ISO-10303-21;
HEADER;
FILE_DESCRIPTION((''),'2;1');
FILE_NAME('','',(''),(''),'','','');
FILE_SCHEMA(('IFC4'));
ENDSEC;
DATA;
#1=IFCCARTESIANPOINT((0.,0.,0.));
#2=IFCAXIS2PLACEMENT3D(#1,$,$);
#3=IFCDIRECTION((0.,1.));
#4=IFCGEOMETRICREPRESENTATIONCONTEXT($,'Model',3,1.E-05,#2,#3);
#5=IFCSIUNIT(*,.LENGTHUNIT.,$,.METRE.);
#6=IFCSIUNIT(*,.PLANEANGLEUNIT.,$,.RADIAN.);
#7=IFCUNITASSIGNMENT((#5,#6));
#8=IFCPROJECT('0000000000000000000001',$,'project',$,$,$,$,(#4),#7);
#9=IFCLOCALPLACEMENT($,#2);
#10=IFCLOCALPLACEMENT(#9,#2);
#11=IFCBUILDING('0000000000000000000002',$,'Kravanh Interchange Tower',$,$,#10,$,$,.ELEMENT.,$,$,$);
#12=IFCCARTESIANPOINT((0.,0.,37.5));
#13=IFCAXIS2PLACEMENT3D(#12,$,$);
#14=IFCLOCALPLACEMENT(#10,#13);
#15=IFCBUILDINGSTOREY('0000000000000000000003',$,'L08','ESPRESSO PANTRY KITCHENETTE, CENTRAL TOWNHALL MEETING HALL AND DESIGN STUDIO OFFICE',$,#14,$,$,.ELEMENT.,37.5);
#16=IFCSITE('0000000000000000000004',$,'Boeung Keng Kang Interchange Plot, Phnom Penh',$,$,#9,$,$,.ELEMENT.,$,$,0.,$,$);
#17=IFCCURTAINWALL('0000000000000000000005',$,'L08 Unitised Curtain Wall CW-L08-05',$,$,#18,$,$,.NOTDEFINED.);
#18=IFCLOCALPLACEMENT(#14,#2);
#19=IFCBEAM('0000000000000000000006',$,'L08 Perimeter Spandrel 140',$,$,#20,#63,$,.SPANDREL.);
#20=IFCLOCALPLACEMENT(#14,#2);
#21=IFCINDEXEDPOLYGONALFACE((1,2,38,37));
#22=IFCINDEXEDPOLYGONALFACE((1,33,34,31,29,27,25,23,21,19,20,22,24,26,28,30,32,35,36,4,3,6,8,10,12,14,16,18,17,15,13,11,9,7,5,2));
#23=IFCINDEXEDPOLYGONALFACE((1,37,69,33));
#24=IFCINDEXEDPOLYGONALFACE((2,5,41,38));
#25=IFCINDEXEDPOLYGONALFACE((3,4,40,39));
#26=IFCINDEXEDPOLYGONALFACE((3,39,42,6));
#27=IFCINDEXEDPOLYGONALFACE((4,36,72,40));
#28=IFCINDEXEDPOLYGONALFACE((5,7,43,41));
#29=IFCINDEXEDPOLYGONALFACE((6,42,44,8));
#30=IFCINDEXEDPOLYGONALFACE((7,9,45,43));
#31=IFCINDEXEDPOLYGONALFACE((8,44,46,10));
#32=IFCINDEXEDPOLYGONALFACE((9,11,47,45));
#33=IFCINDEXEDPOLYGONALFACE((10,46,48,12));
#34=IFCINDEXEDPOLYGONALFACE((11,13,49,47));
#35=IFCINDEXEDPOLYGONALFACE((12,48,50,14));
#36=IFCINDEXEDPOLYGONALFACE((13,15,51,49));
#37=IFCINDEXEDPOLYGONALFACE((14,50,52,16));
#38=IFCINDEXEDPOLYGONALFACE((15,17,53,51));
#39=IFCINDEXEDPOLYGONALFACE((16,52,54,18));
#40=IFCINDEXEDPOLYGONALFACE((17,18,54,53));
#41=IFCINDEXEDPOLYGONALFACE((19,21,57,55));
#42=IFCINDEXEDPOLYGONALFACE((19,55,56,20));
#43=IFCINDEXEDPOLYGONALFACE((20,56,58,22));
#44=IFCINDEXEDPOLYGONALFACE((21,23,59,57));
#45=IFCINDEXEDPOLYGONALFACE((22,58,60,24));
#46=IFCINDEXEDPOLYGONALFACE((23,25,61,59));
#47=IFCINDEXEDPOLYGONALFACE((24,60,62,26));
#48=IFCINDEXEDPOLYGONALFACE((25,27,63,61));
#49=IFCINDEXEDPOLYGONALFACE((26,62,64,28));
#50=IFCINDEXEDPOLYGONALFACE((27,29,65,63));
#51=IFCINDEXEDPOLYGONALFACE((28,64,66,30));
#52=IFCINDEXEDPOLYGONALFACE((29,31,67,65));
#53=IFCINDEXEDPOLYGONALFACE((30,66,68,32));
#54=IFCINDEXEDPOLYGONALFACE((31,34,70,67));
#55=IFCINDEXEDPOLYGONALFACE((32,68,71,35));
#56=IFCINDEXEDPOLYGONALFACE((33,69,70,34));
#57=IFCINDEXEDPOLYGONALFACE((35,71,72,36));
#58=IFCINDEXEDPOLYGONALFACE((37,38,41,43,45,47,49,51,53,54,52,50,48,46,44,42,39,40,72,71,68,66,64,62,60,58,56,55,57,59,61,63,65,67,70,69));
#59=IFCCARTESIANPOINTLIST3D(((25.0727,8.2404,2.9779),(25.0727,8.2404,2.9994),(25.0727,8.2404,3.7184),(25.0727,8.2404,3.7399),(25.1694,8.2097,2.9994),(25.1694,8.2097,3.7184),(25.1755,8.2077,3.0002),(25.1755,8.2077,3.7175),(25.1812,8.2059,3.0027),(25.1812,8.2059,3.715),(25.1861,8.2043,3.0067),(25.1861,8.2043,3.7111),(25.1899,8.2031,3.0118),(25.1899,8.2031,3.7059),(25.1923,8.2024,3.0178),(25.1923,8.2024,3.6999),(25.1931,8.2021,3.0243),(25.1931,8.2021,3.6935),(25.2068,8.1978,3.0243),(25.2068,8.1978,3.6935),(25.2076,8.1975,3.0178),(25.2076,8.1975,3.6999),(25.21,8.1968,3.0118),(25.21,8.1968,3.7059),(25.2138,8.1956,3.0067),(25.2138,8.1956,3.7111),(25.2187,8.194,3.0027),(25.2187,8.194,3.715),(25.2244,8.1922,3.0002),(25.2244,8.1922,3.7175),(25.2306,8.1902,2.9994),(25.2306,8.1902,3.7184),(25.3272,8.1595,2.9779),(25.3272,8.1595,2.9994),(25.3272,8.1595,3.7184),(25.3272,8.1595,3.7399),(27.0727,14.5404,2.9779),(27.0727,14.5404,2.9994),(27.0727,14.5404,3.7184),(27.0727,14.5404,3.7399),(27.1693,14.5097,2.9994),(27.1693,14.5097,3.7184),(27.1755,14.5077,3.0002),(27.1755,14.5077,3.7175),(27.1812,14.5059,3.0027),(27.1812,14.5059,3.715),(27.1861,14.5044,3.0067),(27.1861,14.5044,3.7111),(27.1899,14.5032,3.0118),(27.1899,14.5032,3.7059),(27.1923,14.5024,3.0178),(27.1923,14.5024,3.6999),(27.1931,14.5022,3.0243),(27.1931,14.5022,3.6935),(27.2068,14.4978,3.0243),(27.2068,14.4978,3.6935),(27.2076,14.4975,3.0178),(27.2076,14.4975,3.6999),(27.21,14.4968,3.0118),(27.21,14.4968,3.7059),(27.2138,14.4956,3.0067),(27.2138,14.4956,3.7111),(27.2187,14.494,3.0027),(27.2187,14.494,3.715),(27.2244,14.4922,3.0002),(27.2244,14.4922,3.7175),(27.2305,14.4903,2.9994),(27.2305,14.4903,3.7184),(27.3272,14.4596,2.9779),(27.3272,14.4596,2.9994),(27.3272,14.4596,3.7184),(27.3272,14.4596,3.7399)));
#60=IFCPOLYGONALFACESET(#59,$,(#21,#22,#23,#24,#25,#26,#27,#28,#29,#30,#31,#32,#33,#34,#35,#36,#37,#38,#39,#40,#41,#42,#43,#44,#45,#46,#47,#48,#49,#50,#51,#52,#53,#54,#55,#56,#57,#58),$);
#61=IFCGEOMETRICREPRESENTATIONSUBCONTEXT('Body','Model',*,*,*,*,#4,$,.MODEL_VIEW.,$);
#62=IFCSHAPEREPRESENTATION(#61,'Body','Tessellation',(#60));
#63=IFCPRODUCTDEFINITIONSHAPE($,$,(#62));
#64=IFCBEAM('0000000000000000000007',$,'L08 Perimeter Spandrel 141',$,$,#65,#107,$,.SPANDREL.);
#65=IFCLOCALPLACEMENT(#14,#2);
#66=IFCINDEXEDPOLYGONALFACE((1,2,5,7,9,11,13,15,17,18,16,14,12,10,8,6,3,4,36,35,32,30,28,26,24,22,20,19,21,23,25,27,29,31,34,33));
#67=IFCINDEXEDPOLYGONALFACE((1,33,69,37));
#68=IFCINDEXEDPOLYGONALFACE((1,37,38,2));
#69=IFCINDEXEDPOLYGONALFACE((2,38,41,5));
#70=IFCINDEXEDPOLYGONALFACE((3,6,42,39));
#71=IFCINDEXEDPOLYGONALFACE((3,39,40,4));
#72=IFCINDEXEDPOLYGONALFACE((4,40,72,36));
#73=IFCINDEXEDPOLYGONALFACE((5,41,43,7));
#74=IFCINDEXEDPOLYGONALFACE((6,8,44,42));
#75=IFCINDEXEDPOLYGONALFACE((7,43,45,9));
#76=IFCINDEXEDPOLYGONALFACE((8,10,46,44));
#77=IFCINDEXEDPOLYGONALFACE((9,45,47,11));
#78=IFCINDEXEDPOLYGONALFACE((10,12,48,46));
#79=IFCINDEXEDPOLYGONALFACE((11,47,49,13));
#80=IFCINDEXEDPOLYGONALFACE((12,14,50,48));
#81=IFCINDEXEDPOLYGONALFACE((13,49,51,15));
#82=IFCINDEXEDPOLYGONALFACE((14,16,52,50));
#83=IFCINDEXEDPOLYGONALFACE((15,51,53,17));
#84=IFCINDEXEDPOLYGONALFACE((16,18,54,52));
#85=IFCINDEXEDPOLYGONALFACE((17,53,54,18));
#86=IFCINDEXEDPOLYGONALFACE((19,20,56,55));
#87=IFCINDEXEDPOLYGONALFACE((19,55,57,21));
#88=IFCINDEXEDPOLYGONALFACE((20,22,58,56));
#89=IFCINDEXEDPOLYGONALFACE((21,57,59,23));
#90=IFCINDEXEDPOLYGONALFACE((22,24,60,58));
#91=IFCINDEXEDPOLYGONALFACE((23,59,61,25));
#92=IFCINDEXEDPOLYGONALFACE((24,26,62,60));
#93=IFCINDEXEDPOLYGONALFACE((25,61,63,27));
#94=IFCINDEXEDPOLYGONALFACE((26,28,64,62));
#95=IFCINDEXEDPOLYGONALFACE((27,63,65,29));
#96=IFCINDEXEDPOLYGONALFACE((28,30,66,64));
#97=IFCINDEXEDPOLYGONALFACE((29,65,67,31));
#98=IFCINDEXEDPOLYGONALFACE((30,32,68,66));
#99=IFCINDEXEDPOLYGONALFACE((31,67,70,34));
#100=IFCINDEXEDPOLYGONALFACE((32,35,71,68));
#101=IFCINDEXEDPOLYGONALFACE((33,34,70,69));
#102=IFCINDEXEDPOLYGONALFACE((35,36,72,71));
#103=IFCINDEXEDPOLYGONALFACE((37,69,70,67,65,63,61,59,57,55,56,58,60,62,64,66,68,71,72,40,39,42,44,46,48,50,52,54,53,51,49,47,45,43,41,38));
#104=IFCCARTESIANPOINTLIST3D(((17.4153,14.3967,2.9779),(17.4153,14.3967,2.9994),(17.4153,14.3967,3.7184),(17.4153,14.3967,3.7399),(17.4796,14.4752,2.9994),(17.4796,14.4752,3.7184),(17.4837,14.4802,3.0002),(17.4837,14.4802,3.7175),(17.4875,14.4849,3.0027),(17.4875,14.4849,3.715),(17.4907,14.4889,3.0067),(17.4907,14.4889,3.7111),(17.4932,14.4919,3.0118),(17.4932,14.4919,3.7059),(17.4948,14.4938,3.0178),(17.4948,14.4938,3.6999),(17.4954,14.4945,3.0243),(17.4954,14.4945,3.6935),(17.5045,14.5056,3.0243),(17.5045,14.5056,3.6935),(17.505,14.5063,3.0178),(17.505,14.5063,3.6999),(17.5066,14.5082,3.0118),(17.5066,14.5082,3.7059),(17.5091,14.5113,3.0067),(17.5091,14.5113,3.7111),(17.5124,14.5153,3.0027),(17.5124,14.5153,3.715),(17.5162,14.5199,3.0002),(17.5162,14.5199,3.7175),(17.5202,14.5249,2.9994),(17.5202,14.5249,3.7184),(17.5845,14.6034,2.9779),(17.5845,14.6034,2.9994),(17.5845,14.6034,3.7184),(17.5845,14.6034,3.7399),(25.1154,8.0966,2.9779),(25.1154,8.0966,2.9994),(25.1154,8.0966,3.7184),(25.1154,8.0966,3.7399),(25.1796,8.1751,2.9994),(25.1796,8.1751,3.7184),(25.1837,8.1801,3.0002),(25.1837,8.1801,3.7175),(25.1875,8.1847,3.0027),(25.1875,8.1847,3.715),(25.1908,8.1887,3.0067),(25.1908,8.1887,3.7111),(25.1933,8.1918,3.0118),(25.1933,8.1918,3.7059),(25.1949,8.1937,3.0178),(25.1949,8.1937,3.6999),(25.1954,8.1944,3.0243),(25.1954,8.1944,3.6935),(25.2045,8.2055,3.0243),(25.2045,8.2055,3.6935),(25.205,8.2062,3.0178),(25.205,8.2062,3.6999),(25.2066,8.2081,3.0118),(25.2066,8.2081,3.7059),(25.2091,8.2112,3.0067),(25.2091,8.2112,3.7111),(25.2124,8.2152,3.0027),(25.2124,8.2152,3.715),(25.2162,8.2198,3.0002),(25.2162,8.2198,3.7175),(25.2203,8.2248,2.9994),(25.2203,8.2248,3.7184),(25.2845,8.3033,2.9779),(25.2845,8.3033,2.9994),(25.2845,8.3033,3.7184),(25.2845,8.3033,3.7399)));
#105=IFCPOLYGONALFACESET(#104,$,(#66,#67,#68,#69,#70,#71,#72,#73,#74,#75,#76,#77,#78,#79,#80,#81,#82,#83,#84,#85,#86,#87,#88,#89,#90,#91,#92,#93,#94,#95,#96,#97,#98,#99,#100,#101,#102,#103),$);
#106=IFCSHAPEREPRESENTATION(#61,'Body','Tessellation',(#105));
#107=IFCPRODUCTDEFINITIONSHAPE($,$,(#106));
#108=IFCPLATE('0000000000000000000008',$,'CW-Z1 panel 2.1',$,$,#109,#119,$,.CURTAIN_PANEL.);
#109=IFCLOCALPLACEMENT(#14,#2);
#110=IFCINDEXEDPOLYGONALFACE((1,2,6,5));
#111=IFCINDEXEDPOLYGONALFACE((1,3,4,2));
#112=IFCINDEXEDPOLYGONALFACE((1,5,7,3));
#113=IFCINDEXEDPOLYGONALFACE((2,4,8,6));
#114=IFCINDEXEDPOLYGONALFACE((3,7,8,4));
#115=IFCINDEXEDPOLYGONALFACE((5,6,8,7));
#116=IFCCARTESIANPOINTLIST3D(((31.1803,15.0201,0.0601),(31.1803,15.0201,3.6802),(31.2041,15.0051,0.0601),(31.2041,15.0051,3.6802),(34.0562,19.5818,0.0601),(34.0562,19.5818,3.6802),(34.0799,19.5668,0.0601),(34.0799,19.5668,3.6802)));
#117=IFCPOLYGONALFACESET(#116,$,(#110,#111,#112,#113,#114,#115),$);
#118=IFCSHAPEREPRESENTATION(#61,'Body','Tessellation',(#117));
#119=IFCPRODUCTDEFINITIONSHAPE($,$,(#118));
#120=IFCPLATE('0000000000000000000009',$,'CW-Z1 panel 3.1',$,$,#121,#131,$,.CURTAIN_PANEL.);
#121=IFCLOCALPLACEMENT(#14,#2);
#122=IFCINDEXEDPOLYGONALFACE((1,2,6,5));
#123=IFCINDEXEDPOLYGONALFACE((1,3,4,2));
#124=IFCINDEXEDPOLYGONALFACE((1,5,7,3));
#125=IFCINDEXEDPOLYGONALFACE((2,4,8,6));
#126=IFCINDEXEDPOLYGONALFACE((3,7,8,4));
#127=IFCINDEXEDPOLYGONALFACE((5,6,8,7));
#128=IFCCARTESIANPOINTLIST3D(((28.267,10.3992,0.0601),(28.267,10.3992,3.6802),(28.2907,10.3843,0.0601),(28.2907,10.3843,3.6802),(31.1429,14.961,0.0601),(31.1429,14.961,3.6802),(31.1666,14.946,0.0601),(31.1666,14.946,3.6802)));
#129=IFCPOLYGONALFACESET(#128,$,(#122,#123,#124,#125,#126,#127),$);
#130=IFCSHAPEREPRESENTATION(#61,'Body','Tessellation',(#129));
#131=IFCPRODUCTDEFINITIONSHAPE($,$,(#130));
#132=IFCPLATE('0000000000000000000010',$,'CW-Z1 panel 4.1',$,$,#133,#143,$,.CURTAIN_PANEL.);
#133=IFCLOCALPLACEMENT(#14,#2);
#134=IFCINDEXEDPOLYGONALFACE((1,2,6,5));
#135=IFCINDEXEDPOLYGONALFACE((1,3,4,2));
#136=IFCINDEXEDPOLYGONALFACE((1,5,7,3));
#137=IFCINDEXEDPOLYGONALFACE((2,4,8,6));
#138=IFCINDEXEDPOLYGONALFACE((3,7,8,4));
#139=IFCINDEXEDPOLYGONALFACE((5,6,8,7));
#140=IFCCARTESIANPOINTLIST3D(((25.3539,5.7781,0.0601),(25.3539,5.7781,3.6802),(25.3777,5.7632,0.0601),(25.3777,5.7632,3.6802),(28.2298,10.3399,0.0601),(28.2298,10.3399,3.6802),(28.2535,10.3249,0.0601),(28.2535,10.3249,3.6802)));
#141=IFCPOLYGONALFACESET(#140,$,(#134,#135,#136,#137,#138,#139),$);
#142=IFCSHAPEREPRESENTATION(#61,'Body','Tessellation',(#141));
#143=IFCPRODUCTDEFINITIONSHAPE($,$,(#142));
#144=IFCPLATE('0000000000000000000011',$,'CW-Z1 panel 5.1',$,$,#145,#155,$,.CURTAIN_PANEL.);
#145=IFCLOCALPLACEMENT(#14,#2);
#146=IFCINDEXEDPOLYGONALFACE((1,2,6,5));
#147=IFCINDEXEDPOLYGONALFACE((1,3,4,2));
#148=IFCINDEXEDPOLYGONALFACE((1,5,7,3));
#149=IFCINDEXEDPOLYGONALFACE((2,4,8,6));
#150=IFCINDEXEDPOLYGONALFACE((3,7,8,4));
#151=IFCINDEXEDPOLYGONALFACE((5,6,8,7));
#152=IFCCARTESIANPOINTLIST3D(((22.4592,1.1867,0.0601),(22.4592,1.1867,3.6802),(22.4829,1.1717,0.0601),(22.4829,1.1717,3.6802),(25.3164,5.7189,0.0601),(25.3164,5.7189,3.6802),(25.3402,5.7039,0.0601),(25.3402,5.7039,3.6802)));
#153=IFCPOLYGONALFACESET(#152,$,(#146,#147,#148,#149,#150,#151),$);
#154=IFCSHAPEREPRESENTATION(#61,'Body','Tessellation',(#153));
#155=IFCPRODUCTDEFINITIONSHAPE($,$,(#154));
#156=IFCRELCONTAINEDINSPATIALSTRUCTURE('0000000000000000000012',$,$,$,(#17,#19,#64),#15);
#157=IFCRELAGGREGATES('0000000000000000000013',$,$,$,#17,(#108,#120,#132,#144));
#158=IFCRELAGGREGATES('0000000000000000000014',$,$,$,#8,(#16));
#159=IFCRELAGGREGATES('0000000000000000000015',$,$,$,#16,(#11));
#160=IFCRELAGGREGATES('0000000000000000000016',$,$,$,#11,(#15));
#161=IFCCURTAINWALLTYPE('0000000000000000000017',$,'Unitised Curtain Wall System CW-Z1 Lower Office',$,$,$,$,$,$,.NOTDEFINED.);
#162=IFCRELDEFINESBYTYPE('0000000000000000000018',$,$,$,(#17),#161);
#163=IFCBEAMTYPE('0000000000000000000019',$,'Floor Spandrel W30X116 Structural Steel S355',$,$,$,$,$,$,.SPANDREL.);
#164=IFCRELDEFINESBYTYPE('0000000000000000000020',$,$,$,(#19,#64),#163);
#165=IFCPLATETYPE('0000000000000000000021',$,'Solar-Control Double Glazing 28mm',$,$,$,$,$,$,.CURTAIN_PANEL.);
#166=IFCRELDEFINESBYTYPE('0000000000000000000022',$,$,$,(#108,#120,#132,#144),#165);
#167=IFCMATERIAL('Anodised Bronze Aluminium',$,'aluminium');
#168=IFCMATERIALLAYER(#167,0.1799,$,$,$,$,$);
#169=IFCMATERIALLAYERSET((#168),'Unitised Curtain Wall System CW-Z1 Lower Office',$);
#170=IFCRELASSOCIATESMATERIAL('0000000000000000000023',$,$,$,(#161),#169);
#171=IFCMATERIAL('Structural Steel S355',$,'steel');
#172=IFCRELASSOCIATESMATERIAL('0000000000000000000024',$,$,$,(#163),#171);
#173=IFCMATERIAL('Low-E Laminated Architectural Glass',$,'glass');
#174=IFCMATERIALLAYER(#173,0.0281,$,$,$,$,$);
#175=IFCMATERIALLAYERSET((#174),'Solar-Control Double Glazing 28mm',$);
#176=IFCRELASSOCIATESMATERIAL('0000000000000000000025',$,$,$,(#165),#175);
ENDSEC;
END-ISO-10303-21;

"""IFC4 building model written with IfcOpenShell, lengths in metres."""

from ifc_helpers import new_model, si_unit, direction, frame, origin, origin_2d, place, context, subcontext, project, spatial, rectangle, i_section, extrude, material, layer, layer_set, material_profile, profile_set, type_object, element, aggregate, save


model = new_model("IFC4")

# Units and contexts
model_context = context("Model", 3, precision=1e-05, world=origin(), true_north=direction((0.0, 1.0)))
body_context = subcontext(model_context, "Body", "Model", "MODEL_VIEW")
ifc_project = project(units=[si_unit("LENGTHUNIT", "METRE"), si_unit("PLANEANGLEUNIT", "RADIAN")], contexts=[model_context])

# Site, building, storey
site_placement = place(None, origin())
site = spatial("IfcSite", under=ifc_project, at=site_placement, Name="Boeung Keng Kang Interchange Plot, Phnom Penh", CompositionType="ELEMENT", RefElevation=0.0)
building_placement = place(site_placement, origin())
building = spatial("IfcBuilding", under=site, at=building_placement, Name="Kravanh Interchange Tower", CompositionType="ELEMENT")
storey_placement = place(building_placement, frame((0.0, 0.0, 37.5)))
storey = spatial("IfcBuildingStorey", under=building, at=storey_placement, Name="L08", Description="ESPRESSO PANTRY KITCHENETTE, CENTRAL TOWNHALL MEETING HALL AND DESIGN STUDIO OFFICE", CompositionType="ELEMENT", Elevation=37.5)

# Curtain wall
ifc_material_1 = material(Name="Anodised Bronze Aluminium", Category="aluminium")
ifc_layer_1 = layer(ifc_material_1, 0.1799)
ifc_layer_set_1 = layer_set([ifc_layer_1], Name="Unitised Curtain Wall System CW-Z1 Lower Office")
curtain_wall_type = type_object("IfcCurtainWallType", Name="Unitised Curtain Wall System CW-Z1 Lower Office", PredefinedType="NOTDEFINED", material=ifc_layer_set_1)
curtain_wall_1_placement = place(storey_placement, origin())
curtain_wall_1 = element("IfcCurtainWall", 1, at=curtain_wall_1_placement, inside=storey, type_object=curtain_wall_type, Name="L08 Unitised Curtain Wall CW-L08-05", PredefinedType="NOTDEFINED")

# Beams
ifc_material_2 = material(Name="Structural Steel S355", Category="steel")
ifc_material_profile_1 = material_profile(ifc_material_2, i_section(OverallWidth=0.2671, OverallDepth=0.762, WebThickness=0.0144, FlangeThickness=0.0215, FilletRadius=0.0249, at=origin_2d()), Name="W30X116")
ifc_profile_set_1 = profile_set([ifc_material_profile_1], Name="Structural Steel S355")
beam_type_1 = type_object("IfcBeamType", Name="Floor Spandrel W30X116 Structural Steel S355", PredefinedType="SPANDREL", material=ifc_profile_set_1)
beam_1_placement = place(storey_placement, frame((25.2, 8.2, 3.3589), z_axis=(0.302577, 0.953125, 0.0), x_axis=(-0.953125, 0.302577, 0.0)))
element("IfcBeam", 2, at=beam_1_placement, inside=storey, type_object=beam_type_1, Name="L08 Perimeter Spandrel 140", PredefinedType="SPANDREL", context=body_context, shape_type="SweptSolid", body=[
    extrude(i_section(OverallWidth=0.2671, OverallDepth=0.762, WebThickness=0.0144, FlangeThickness=0.0215, FilletRadius=0.0249, at=origin_2d()), origin(), (0.0, 0.0, 1.0), 6.6099),
])
beam_2_placement = place(storey_placement, frame((25.2, 8.2, 3.3589), z_axis=(-0.773953, 0.633243, 0.0), x_axis=(-0.633243, -0.773953, 0.0)))
element("IfcBeam", 3, at=beam_2_placement, inside=storey, type_object=beam_type_1, Name="L08 Perimeter Spandrel 141", PredefinedType="SPANDREL", context=body_context, shape_type="SweptSolid", body=[
    extrude(i_section(OverallWidth=0.2671, OverallDepth=0.762, WebThickness=0.0144, FlangeThickness=0.0215, FilletRadius=0.0249, at=origin_2d()), origin(), (0.0, 0.0, 1.0), 9.949),
])

# Plates
ifc_material_3 = material(Name="Low-E Laminated Architectural Glass", Category="glass")
ifc_layer_2 = layer(ifc_material_3, 0.0281)
ifc_layer_set_2 = layer_set([ifc_layer_2], Name="Solar-Control Double Glazing 28mm")
plate_type = type_object("IfcPlateType", Name="Solar-Control Double Glazing 28mm", PredefinedType="CURTAIN_PANEL", material=ifc_layer_set_2)
plate_1_placement = place(storey_placement, frame((32.6301, 17.2935, 0.0601), z_axis=(0.0, 0.0, 1.0), x_axis=(-0.533301, -0.845926, 0.0)))
plate_1 = element("IfcPlate", 4, at=plate_1_placement, type_object=plate_type, Name="CW-Z1 panel 2.1", PredefinedType="CURTAIN_PANEL", context=body_context, shape_type="SweptSolid", body=[
    extrude(rectangle(XDim=5.3926, YDim=0.0281, at=origin_2d()), origin(), (0.0, 0.0, 1.0), 3.6201),
])
plate_2_placement = place(storey_placement, frame((29.7168, 12.6726, 0.0601), z_axis=(0.0, 0.0, 1.0), x_axis=(-0.533301, -0.845926, 0.0)))
plate_2 = element("IfcPlate", 5, at=plate_2_placement, type_object=plate_type, Name="CW-Z1 panel 3.1", PredefinedType="CURTAIN_PANEL", context=body_context, shape_type="SweptSolid", body=[
    extrude(rectangle(XDim=5.3926, YDim=0.0281, at=origin_2d()), origin(), (0.0, 0.0, 1.0), 3.6201),
])
plate_3_placement = place(storey_placement, frame((26.8037, 8.0515, 0.0601), z_axis=(0.0, 0.0, 1.0), x_axis=(-0.533301, -0.845926, 0.0)))
plate_3 = element("IfcPlate", 6, at=plate_3_placement, type_object=plate_type, Name="CW-Z1 panel 4.1", PredefinedType="CURTAIN_PANEL", context=body_context, shape_type="SweptSolid", body=[
    extrude(rectangle(XDim=5.3926, YDim=0.0281, at=origin_2d()), origin(), (0.0, 0.0, 1.0), 3.6201),
])
plate_4_placement = place(storey_placement, frame((23.8997, 3.4453, 0.0601), z_axis=(0.0, 0.0, 1.0), x_axis=(-0.533301, -0.845926, 0.0)))
plate_4 = element("IfcPlate", 7, at=plate_4_placement, type_object=plate_type, Name="CW-Z1 panel 5.1", PredefinedType="CURTAIN_PANEL", context=body_context, shape_type="SweptSolid", body=[
    extrude(rectangle(XDim=5.3577, YDim=0.0281, at=origin_2d()), origin(), (0.0, 0.0, 1.0), 3.6201),
])
aggregate(curtain_wall_1, [plate_1, plate_2, plate_3, plate_4])

save(model, "model.ifc")
